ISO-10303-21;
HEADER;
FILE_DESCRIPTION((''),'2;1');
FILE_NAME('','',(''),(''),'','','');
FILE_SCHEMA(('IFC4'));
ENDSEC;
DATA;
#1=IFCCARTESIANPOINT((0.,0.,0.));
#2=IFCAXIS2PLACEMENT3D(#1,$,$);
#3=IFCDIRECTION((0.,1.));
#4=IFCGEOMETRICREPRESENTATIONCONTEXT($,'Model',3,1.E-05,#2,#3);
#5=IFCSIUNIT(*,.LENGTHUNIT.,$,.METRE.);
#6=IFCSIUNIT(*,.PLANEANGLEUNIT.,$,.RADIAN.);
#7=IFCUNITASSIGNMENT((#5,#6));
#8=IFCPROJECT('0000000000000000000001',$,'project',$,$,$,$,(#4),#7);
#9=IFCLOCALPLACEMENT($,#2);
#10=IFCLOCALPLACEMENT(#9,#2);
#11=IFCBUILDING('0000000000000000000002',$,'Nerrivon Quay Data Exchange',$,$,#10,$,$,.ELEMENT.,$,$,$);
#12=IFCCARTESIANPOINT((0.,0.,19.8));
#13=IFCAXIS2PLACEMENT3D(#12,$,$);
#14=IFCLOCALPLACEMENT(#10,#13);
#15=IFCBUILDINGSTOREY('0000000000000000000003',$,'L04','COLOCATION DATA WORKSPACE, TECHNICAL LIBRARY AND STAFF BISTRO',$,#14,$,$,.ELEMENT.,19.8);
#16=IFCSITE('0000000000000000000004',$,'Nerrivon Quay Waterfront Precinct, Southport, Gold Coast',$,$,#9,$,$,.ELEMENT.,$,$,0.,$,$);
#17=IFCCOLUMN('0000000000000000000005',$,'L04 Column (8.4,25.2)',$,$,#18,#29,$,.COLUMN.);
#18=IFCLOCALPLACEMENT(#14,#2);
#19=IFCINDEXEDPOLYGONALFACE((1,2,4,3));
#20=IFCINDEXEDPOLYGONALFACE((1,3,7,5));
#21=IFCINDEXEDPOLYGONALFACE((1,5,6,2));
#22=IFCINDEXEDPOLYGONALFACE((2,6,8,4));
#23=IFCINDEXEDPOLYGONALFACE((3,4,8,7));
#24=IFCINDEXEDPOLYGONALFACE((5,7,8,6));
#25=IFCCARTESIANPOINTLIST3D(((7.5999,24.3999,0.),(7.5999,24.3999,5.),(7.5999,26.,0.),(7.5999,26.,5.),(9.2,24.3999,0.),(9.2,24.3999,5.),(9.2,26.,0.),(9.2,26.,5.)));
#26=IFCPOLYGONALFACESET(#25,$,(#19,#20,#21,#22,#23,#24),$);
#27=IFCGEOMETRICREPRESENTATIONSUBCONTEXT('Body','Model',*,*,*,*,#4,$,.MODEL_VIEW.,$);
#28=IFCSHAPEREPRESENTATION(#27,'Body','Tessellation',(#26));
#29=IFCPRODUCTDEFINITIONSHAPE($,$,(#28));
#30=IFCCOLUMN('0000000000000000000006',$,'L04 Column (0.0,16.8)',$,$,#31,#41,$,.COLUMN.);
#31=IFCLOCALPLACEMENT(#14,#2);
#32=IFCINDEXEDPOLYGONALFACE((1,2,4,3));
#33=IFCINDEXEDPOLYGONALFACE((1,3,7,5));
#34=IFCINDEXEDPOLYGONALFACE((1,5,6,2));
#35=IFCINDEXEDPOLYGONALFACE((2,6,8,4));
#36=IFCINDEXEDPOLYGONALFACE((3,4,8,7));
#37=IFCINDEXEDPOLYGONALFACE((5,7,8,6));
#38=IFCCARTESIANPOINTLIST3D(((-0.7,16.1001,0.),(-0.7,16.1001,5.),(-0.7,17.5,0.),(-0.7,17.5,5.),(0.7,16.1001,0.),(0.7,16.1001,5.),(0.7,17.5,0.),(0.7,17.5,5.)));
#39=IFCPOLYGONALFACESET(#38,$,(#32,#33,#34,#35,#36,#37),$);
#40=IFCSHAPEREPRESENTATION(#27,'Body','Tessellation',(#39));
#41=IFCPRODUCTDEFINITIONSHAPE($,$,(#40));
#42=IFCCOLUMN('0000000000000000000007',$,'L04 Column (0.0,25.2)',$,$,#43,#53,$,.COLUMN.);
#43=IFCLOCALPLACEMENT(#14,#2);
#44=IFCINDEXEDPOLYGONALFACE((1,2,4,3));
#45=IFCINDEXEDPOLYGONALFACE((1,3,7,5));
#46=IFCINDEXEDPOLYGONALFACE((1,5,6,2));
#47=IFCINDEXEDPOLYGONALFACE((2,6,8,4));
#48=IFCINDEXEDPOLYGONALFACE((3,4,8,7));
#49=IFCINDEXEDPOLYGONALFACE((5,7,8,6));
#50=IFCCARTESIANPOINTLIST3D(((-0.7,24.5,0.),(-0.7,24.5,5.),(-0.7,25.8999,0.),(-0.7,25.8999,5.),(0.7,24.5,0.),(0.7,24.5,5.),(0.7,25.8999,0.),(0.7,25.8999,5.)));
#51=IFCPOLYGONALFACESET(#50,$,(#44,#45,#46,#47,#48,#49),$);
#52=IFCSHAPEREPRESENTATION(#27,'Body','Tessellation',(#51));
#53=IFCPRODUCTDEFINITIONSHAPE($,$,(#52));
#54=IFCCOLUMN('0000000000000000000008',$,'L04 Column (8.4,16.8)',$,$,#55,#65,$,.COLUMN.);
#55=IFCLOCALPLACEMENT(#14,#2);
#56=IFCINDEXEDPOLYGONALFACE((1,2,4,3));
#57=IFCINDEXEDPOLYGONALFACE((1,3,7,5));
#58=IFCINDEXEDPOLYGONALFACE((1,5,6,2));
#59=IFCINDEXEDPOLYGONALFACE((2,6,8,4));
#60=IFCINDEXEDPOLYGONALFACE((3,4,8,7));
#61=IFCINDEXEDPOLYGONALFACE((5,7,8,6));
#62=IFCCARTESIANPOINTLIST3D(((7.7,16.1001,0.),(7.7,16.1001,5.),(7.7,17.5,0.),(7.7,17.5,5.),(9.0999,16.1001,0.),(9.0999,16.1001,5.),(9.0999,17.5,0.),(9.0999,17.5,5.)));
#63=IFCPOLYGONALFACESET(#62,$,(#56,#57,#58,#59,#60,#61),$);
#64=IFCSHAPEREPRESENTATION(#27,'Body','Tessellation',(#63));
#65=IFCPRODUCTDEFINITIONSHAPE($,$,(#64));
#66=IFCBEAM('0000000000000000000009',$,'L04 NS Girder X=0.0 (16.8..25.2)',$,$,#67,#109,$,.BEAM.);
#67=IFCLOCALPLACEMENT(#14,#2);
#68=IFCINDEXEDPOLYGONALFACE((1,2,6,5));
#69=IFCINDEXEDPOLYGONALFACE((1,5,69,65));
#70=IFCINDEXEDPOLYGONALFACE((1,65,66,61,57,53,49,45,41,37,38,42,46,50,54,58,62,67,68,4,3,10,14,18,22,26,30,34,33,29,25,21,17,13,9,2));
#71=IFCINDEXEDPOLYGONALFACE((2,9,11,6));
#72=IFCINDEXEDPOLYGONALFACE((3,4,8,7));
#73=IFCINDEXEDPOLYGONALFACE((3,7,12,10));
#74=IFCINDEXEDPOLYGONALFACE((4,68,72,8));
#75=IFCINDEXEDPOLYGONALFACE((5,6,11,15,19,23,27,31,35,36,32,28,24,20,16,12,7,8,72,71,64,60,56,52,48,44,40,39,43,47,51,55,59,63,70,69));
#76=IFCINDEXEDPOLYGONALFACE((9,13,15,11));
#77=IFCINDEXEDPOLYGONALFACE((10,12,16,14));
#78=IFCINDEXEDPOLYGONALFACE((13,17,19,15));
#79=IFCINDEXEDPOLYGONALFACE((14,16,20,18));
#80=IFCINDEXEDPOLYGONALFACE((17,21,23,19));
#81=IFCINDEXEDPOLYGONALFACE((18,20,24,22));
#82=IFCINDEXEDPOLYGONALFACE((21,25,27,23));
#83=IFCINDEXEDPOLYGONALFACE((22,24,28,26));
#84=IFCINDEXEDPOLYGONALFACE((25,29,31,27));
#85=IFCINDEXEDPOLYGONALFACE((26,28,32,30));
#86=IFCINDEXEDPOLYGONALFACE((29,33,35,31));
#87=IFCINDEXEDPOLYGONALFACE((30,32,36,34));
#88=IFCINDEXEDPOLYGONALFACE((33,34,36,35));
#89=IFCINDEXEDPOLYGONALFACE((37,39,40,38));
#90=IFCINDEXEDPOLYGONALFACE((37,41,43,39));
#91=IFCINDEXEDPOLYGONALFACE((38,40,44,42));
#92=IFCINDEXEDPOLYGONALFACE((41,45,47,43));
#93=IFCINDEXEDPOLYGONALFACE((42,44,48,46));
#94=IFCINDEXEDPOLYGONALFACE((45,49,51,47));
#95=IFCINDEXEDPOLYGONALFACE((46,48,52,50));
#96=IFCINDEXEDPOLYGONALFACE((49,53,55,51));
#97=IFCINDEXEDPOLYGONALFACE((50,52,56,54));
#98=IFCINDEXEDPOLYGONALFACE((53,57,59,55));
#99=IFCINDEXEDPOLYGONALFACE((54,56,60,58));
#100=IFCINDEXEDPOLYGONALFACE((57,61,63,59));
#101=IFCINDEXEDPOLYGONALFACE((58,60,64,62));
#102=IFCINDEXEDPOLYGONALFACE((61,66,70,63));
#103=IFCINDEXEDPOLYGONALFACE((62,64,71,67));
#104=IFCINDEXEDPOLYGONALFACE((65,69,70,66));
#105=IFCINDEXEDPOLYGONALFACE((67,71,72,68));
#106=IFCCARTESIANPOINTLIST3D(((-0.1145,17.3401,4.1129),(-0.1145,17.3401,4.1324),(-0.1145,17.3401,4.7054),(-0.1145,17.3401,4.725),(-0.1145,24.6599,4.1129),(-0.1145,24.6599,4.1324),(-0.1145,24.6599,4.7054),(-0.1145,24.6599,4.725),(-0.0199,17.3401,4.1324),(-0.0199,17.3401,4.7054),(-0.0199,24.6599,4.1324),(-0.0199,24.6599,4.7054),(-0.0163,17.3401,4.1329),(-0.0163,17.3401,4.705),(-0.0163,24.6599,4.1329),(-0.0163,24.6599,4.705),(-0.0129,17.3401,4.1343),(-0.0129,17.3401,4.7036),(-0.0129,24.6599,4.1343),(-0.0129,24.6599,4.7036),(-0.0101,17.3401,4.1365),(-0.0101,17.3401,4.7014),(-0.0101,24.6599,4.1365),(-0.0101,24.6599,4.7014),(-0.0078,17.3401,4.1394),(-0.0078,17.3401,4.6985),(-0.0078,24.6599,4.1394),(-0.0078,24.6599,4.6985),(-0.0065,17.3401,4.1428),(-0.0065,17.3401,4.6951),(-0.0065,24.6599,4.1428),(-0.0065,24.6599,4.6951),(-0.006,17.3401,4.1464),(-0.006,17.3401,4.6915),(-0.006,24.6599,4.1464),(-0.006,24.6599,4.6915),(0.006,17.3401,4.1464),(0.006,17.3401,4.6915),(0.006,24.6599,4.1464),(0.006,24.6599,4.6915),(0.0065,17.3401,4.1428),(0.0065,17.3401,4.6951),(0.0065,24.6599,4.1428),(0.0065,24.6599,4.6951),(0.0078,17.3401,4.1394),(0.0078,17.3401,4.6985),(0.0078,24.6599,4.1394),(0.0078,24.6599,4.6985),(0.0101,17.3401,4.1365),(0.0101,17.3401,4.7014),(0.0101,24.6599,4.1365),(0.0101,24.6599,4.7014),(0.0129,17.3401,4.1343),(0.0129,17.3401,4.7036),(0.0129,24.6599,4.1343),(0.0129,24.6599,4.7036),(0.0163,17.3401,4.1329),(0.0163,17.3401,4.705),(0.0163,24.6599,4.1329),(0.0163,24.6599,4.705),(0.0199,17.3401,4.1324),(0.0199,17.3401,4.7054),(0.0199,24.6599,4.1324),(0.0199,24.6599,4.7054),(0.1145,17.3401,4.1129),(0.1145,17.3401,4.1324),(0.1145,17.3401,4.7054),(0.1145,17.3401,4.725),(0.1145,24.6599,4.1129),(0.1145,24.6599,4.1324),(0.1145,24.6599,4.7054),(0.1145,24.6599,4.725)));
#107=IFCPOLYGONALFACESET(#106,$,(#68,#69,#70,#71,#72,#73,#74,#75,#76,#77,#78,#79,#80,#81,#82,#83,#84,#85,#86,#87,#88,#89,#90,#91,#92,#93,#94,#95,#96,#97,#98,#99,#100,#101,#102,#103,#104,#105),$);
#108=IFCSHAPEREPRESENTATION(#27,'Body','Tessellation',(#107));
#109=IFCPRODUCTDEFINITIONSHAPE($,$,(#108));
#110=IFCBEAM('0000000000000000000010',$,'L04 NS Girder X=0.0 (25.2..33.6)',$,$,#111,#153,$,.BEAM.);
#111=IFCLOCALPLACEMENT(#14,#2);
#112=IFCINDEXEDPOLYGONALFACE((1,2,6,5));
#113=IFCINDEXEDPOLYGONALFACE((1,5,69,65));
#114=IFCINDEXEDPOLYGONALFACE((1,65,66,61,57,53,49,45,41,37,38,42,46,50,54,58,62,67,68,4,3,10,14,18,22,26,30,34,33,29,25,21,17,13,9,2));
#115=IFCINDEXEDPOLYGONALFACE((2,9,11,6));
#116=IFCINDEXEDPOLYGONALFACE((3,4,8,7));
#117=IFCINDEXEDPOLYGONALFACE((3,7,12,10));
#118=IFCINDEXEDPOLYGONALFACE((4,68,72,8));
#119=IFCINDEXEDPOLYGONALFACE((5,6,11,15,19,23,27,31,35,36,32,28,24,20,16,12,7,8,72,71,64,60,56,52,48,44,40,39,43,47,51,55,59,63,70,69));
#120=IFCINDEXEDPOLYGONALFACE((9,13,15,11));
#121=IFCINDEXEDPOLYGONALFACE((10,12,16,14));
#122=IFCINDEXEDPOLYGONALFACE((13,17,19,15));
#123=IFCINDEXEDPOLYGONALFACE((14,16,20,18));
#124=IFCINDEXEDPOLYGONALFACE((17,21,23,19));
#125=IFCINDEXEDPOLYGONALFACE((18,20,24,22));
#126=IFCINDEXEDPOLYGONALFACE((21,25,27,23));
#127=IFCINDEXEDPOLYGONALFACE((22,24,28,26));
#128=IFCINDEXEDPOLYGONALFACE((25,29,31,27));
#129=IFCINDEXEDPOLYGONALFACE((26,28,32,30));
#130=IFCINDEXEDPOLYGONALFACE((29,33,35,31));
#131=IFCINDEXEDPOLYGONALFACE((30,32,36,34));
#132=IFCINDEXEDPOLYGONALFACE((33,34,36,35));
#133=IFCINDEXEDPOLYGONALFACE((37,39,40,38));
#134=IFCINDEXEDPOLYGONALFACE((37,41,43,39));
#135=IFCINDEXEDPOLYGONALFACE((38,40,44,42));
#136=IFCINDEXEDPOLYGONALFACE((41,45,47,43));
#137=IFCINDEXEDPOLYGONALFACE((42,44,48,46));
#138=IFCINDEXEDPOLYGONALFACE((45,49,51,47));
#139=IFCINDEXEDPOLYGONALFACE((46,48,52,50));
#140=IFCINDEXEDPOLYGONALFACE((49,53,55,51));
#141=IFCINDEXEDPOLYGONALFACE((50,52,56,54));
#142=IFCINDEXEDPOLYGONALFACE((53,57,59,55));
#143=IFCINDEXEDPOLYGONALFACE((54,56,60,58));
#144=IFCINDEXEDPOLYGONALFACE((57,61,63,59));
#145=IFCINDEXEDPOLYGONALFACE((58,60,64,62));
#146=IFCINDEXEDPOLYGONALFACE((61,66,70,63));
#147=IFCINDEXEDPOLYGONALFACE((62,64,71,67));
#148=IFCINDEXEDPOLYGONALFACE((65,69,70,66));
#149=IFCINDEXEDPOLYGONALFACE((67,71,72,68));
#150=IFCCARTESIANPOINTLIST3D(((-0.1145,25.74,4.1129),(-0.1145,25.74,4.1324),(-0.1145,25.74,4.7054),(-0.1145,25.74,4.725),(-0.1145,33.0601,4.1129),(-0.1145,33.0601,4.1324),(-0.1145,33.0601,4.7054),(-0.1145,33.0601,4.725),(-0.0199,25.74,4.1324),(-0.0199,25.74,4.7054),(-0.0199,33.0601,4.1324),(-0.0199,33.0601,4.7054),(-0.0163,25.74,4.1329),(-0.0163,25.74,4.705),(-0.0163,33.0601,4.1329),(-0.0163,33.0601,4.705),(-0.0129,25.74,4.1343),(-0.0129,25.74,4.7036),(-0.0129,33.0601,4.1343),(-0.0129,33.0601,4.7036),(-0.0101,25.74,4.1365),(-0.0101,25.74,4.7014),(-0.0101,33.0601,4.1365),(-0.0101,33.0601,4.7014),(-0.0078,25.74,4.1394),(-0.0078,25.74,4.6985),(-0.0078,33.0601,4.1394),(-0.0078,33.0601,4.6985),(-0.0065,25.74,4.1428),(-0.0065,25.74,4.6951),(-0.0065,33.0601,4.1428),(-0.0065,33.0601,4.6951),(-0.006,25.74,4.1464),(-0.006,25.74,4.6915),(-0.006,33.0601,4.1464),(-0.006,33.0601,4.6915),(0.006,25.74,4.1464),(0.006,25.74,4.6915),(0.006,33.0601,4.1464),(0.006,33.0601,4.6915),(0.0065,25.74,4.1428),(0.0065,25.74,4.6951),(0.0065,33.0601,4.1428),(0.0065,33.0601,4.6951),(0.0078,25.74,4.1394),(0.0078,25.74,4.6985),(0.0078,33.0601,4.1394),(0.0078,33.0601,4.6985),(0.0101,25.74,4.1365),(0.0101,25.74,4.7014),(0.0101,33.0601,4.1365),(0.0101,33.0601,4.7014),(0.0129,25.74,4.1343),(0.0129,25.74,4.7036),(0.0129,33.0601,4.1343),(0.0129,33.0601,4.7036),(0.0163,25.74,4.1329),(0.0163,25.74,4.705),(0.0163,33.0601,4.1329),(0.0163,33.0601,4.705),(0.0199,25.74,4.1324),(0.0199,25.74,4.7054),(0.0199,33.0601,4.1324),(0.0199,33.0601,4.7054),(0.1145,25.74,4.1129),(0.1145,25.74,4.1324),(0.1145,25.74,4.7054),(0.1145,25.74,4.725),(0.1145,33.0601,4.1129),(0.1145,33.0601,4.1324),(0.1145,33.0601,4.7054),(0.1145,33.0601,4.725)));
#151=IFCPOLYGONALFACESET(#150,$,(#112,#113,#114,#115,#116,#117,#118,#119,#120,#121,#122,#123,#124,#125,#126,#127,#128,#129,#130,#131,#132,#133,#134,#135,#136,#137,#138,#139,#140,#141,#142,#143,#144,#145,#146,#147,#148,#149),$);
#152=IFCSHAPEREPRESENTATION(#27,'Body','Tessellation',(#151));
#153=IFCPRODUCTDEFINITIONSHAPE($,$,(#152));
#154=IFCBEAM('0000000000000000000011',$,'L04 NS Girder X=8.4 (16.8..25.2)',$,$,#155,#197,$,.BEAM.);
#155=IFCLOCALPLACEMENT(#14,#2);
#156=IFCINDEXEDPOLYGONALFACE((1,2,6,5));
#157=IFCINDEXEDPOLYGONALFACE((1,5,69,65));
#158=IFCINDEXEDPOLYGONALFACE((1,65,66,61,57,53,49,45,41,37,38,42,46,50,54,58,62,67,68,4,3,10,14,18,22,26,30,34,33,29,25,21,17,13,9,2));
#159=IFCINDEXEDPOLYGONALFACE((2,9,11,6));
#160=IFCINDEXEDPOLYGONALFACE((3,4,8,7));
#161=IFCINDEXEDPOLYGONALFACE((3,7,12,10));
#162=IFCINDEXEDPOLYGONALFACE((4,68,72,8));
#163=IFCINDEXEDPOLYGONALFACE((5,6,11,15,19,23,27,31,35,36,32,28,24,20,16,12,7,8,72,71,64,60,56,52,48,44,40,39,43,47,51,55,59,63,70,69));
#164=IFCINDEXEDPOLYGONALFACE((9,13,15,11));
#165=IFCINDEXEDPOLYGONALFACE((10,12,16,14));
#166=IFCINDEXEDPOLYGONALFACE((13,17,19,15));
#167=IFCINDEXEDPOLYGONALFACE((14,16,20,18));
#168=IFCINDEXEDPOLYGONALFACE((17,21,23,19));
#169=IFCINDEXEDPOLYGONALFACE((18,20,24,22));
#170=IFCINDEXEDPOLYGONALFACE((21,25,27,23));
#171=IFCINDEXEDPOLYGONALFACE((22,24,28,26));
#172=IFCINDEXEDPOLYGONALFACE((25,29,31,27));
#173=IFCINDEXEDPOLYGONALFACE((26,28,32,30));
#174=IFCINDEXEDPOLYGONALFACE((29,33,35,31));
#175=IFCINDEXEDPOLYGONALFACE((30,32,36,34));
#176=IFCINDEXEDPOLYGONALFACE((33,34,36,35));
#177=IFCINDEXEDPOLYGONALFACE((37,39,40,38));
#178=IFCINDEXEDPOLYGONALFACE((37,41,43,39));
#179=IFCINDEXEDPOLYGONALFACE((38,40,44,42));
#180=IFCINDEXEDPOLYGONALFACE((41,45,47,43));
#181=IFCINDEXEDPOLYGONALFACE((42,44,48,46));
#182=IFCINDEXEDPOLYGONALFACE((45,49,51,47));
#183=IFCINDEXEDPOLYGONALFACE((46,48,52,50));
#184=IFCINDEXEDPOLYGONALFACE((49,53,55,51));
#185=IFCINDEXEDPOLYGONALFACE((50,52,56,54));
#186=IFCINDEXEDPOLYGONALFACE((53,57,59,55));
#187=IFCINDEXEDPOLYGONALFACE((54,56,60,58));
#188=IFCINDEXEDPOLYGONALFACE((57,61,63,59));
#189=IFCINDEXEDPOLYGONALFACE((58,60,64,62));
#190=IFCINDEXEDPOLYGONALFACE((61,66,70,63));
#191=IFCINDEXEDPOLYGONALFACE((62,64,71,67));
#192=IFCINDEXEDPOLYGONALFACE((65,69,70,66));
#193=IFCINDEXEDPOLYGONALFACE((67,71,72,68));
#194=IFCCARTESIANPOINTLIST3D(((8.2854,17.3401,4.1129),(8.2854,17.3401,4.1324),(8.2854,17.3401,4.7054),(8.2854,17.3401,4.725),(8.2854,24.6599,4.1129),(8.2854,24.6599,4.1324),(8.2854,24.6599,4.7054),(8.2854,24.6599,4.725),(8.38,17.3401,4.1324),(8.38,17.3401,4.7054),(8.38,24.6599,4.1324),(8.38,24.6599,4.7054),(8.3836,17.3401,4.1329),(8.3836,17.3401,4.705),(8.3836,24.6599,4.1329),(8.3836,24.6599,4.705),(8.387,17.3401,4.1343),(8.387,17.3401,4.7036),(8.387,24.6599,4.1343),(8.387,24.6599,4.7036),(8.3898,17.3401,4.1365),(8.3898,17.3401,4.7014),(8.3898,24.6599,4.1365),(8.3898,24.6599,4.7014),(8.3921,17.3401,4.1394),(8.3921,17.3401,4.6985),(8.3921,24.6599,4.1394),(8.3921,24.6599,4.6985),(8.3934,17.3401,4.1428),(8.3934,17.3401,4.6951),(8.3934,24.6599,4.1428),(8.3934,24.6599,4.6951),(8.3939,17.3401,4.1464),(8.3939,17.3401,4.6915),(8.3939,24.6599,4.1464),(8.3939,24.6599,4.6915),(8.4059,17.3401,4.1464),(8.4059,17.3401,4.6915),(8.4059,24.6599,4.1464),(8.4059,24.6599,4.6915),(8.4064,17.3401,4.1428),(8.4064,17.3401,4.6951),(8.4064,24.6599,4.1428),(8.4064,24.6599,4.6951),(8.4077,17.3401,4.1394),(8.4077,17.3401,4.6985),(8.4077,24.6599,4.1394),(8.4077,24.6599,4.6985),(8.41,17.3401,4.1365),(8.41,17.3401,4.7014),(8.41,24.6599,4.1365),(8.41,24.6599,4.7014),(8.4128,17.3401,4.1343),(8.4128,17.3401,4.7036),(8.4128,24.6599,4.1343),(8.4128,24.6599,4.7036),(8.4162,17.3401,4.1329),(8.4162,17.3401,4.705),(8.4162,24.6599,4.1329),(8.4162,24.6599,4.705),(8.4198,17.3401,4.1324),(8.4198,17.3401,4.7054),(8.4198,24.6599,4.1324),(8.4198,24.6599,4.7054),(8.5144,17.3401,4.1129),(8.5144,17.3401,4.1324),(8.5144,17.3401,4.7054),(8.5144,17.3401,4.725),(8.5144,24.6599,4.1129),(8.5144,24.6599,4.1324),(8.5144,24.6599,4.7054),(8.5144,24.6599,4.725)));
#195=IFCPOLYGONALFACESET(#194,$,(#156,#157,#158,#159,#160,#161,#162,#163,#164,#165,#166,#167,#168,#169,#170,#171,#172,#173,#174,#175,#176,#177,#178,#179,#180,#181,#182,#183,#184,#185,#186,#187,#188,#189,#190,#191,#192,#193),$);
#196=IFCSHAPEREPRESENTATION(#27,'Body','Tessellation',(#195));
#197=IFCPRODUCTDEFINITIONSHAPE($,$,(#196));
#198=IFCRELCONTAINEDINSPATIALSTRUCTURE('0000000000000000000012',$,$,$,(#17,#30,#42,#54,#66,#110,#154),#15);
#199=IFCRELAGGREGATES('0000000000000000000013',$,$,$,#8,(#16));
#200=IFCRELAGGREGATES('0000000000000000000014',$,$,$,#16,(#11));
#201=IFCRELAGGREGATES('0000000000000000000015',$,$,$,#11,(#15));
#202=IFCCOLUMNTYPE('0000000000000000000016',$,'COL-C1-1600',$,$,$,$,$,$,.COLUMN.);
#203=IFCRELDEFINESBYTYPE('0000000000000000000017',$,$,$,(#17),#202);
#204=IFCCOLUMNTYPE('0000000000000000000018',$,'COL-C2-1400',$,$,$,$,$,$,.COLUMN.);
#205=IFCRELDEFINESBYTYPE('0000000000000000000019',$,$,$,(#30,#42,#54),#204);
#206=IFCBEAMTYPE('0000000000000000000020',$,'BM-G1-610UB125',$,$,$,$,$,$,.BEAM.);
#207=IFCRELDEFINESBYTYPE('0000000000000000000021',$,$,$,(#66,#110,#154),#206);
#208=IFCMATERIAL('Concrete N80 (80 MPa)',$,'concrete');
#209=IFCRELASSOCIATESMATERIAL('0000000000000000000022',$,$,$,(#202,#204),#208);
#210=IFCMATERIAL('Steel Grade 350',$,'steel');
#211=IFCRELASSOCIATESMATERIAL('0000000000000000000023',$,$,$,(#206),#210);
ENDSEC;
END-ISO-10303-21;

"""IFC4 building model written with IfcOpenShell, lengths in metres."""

from ifc_helpers import new_model, si_unit, direction, frame, origin, origin_2d, place, context, subcontext, project, spatial, rectangle, i_section, extrude, material, material_profile, profile_set, type_object, element, save


model = new_model("IFC4")

# Units and contexts
model_context = context("Model", 3, precision=1e-05, world=origin(), true_north=direction((0.0, 1.0)))
body_context = subcontext(model_context, "Body", "Model", "MODEL_VIEW")
ifc_project = project(units=[si_unit("LENGTHUNIT", "METRE"), si_unit("PLANEANGLEUNIT", "RADIAN")], contexts=[model_context])

# Site, building, storey
site_placement = place(None, origin())
site = spatial("IfcSite", under=ifc_project, at=site_placement, Name="Nerrivon Quay Waterfront Precinct, Southport, Gold Coast", CompositionType="ELEMENT", RefElevation=0.0)
building_placement = place(site_placement, origin())
building = spatial("IfcBuilding", under=site, at=building_placement, Name="Nerrivon Quay Data Exchange", CompositionType="ELEMENT")
storey_placement = place(building_placement, frame((0.0, 0.0, 19.8)))
storey = spatial("IfcBuildingStorey", under=building, at=storey_placement, Name="L04", Description="COLOCATION DATA WORKSPACE, TECHNICAL LIBRARY AND STAFF BISTRO", CompositionType="ELEMENT", Elevation=19.8)

# Columns
ifc_material_1 = material(Name="Concrete N80 (80 MPa)", Category="concrete")
ifc_material_profile_1 = material_profile(ifc_material_1, rectangle(XDim=1.6001, YDim=1.6001, at=origin_2d()), Name="RC-COL-1600x1600")
ifc_profile_set_1 = profile_set([ifc_material_profile_1], Name="Concrete N80 (80 MPa)")
column_type_1 = type_object("IfcColumnType", Name="COL-C1-1600", PredefinedType="COLUMN", material=ifc_profile_set_1)
column_placement = place(storey_placement, frame((8.3999, 25.2, 0.0), z_axis=(0.0, 0.0, 1.0), x_axis=(1.0, 0.0, 0.0)))
element("IfcColumn", 1, at=column_placement, inside=storey, type_object=column_type_1, Name="L04 Column (8.4,25.2)", PredefinedType="COLUMN", context=body_context, shape_type="SweptSolid", body=[
    extrude(rectangle(XDim=1.6001, YDim=1.6001, at=origin_2d()), origin(), (0.0, 0.0, 1.0), 5.0),
])
ifc_material_profile_2 = material_profile(ifc_material_1, rectangle(XDim=1.3999, YDim=1.3999, at=origin_2d()), Name="RC-COL-1400x1400")
ifc_profile_set_2 = profile_set([ifc_material_profile_2], Name="Concrete N80 (80 MPa)")
column_type_2 = type_object("IfcColumnType", Name="COL-C2-1400", PredefinedType="COLUMN", material=ifc_profile_set_2)
for number, where, z_axis, x_axis, name in (
    (2, (0.0, 16.8, 0.0), (0.0, 0.0, 1.0), (1.0, 0.0, 0.0), "L04 Column (0.0,16.8)"),
    (3, (0.0, 25.2, 0.0), (0.0, 0.0, 1.0), (1.0, 0.0, 0.0), "L04 Column (0.0,25.2)"),
    (4, (8.3999, 16.8, 0.0), (0.0, 0.0, 1.0), (1.0, 0.0, 0.0), "L04 Column (8.4,16.8)"),
):
    element("IfcColumn", number, at=place(storey_placement, frame(where, z_axis=z_axis, x_axis=x_axis)), inside=storey, type_object=column_type_2, Name=name, PredefinedType="COLUMN", context=body_context, shape_type="SweptSolid", body=[
        extrude(rectangle(XDim=1.3999, YDim=1.3999, at=origin_2d()), origin(), (0.0, 0.0, 1.0), 5.0),
    ])

# Beams
ifc_material_2 = material(Name="Steel Grade 350", Category="steel")
ifc_material_profile_3 = material_profile(ifc_material_2, i_section(OverallWidth=0.229, OverallDepth=0.6121, WebThickness=0.012, FlangeThickness=0.0195, FilletRadius=0.0139, at=origin_2d()), Name="610UB125")
ifc_profile_set_3 = profile_set([ifc_material_profile_3], Name="Steel Grade 350")
beam_type_1 = type_object("IfcBeamType", Name="BM-G1-610UB125", PredefinedType="BEAM", material=ifc_profile_set_3)
beam_1_placement = place(storey_placement, frame((0.0, 17.3401, 4.4189), z_axis=(0.0, 1.0, 0.0), x_axis=(-1.0, 0.0, 0.0)))
element("IfcBeam", 5, at=beam_1_placement, inside=storey, type_object=beam_type_1, Name="L04 NS Girder X=0.0 (16.8..25.2)", PredefinedType="BEAM", context=body_context, shape_type="SweptSolid", body=[
    extrude(i_section(OverallWidth=0.229, OverallDepth=0.6121, WebThickness=0.012, FlangeThickness=0.0195, FilletRadius=0.0139, at=origin_2d()), origin(), (0.0, 0.0, 1.0), 7.3198),
])
beam_2_placement = place(storey_placement, frame((0.0, 25.74, 4.4189), z_axis=(0.0, 1.0, 0.0), x_axis=(-1.0, 0.0, 0.0)))
element("IfcBeam", 6, at=beam_2_placement, inside=storey, type_object=beam_type_1, Name="L04 NS Girder X=0.0 (25.2..33.6)", PredefinedType="BEAM", context=body_context, shape_type="SweptSolid", body=[
    extrude(i_section(OverallWidth=0.229, OverallDepth=0.6121, WebThickness=0.012, FlangeThickness=0.0195, FilletRadius=0.0139, at=origin_2d()), origin(), (0.0, 0.0, 1.0), 7.3201),
])
beam_3_placement = place(storey_placement, frame((8.3999, 17.3401, 4.4189), z_axis=(0.0, 1.0, 0.0), x_axis=(-1.0, 0.0, 0.0)))
element("IfcBeam", 7, at=beam_3_placement, inside=storey, type_object=beam_type_1, Name="L04 NS Girder X=8.4 (16.8..25.2)", PredefinedType="BEAM", context=body_context, shape_type="SweptSolid", body=[
    extrude(i_section(OverallWidth=0.229, OverallDepth=0.6121, WebThickness=0.012, FlangeThickness=0.0195, FilletRadius=0.0139, at=origin_2d()), origin(), (0.0, 0.0, 1.0), 7.3198),
])

save(model, "model.ifc")
